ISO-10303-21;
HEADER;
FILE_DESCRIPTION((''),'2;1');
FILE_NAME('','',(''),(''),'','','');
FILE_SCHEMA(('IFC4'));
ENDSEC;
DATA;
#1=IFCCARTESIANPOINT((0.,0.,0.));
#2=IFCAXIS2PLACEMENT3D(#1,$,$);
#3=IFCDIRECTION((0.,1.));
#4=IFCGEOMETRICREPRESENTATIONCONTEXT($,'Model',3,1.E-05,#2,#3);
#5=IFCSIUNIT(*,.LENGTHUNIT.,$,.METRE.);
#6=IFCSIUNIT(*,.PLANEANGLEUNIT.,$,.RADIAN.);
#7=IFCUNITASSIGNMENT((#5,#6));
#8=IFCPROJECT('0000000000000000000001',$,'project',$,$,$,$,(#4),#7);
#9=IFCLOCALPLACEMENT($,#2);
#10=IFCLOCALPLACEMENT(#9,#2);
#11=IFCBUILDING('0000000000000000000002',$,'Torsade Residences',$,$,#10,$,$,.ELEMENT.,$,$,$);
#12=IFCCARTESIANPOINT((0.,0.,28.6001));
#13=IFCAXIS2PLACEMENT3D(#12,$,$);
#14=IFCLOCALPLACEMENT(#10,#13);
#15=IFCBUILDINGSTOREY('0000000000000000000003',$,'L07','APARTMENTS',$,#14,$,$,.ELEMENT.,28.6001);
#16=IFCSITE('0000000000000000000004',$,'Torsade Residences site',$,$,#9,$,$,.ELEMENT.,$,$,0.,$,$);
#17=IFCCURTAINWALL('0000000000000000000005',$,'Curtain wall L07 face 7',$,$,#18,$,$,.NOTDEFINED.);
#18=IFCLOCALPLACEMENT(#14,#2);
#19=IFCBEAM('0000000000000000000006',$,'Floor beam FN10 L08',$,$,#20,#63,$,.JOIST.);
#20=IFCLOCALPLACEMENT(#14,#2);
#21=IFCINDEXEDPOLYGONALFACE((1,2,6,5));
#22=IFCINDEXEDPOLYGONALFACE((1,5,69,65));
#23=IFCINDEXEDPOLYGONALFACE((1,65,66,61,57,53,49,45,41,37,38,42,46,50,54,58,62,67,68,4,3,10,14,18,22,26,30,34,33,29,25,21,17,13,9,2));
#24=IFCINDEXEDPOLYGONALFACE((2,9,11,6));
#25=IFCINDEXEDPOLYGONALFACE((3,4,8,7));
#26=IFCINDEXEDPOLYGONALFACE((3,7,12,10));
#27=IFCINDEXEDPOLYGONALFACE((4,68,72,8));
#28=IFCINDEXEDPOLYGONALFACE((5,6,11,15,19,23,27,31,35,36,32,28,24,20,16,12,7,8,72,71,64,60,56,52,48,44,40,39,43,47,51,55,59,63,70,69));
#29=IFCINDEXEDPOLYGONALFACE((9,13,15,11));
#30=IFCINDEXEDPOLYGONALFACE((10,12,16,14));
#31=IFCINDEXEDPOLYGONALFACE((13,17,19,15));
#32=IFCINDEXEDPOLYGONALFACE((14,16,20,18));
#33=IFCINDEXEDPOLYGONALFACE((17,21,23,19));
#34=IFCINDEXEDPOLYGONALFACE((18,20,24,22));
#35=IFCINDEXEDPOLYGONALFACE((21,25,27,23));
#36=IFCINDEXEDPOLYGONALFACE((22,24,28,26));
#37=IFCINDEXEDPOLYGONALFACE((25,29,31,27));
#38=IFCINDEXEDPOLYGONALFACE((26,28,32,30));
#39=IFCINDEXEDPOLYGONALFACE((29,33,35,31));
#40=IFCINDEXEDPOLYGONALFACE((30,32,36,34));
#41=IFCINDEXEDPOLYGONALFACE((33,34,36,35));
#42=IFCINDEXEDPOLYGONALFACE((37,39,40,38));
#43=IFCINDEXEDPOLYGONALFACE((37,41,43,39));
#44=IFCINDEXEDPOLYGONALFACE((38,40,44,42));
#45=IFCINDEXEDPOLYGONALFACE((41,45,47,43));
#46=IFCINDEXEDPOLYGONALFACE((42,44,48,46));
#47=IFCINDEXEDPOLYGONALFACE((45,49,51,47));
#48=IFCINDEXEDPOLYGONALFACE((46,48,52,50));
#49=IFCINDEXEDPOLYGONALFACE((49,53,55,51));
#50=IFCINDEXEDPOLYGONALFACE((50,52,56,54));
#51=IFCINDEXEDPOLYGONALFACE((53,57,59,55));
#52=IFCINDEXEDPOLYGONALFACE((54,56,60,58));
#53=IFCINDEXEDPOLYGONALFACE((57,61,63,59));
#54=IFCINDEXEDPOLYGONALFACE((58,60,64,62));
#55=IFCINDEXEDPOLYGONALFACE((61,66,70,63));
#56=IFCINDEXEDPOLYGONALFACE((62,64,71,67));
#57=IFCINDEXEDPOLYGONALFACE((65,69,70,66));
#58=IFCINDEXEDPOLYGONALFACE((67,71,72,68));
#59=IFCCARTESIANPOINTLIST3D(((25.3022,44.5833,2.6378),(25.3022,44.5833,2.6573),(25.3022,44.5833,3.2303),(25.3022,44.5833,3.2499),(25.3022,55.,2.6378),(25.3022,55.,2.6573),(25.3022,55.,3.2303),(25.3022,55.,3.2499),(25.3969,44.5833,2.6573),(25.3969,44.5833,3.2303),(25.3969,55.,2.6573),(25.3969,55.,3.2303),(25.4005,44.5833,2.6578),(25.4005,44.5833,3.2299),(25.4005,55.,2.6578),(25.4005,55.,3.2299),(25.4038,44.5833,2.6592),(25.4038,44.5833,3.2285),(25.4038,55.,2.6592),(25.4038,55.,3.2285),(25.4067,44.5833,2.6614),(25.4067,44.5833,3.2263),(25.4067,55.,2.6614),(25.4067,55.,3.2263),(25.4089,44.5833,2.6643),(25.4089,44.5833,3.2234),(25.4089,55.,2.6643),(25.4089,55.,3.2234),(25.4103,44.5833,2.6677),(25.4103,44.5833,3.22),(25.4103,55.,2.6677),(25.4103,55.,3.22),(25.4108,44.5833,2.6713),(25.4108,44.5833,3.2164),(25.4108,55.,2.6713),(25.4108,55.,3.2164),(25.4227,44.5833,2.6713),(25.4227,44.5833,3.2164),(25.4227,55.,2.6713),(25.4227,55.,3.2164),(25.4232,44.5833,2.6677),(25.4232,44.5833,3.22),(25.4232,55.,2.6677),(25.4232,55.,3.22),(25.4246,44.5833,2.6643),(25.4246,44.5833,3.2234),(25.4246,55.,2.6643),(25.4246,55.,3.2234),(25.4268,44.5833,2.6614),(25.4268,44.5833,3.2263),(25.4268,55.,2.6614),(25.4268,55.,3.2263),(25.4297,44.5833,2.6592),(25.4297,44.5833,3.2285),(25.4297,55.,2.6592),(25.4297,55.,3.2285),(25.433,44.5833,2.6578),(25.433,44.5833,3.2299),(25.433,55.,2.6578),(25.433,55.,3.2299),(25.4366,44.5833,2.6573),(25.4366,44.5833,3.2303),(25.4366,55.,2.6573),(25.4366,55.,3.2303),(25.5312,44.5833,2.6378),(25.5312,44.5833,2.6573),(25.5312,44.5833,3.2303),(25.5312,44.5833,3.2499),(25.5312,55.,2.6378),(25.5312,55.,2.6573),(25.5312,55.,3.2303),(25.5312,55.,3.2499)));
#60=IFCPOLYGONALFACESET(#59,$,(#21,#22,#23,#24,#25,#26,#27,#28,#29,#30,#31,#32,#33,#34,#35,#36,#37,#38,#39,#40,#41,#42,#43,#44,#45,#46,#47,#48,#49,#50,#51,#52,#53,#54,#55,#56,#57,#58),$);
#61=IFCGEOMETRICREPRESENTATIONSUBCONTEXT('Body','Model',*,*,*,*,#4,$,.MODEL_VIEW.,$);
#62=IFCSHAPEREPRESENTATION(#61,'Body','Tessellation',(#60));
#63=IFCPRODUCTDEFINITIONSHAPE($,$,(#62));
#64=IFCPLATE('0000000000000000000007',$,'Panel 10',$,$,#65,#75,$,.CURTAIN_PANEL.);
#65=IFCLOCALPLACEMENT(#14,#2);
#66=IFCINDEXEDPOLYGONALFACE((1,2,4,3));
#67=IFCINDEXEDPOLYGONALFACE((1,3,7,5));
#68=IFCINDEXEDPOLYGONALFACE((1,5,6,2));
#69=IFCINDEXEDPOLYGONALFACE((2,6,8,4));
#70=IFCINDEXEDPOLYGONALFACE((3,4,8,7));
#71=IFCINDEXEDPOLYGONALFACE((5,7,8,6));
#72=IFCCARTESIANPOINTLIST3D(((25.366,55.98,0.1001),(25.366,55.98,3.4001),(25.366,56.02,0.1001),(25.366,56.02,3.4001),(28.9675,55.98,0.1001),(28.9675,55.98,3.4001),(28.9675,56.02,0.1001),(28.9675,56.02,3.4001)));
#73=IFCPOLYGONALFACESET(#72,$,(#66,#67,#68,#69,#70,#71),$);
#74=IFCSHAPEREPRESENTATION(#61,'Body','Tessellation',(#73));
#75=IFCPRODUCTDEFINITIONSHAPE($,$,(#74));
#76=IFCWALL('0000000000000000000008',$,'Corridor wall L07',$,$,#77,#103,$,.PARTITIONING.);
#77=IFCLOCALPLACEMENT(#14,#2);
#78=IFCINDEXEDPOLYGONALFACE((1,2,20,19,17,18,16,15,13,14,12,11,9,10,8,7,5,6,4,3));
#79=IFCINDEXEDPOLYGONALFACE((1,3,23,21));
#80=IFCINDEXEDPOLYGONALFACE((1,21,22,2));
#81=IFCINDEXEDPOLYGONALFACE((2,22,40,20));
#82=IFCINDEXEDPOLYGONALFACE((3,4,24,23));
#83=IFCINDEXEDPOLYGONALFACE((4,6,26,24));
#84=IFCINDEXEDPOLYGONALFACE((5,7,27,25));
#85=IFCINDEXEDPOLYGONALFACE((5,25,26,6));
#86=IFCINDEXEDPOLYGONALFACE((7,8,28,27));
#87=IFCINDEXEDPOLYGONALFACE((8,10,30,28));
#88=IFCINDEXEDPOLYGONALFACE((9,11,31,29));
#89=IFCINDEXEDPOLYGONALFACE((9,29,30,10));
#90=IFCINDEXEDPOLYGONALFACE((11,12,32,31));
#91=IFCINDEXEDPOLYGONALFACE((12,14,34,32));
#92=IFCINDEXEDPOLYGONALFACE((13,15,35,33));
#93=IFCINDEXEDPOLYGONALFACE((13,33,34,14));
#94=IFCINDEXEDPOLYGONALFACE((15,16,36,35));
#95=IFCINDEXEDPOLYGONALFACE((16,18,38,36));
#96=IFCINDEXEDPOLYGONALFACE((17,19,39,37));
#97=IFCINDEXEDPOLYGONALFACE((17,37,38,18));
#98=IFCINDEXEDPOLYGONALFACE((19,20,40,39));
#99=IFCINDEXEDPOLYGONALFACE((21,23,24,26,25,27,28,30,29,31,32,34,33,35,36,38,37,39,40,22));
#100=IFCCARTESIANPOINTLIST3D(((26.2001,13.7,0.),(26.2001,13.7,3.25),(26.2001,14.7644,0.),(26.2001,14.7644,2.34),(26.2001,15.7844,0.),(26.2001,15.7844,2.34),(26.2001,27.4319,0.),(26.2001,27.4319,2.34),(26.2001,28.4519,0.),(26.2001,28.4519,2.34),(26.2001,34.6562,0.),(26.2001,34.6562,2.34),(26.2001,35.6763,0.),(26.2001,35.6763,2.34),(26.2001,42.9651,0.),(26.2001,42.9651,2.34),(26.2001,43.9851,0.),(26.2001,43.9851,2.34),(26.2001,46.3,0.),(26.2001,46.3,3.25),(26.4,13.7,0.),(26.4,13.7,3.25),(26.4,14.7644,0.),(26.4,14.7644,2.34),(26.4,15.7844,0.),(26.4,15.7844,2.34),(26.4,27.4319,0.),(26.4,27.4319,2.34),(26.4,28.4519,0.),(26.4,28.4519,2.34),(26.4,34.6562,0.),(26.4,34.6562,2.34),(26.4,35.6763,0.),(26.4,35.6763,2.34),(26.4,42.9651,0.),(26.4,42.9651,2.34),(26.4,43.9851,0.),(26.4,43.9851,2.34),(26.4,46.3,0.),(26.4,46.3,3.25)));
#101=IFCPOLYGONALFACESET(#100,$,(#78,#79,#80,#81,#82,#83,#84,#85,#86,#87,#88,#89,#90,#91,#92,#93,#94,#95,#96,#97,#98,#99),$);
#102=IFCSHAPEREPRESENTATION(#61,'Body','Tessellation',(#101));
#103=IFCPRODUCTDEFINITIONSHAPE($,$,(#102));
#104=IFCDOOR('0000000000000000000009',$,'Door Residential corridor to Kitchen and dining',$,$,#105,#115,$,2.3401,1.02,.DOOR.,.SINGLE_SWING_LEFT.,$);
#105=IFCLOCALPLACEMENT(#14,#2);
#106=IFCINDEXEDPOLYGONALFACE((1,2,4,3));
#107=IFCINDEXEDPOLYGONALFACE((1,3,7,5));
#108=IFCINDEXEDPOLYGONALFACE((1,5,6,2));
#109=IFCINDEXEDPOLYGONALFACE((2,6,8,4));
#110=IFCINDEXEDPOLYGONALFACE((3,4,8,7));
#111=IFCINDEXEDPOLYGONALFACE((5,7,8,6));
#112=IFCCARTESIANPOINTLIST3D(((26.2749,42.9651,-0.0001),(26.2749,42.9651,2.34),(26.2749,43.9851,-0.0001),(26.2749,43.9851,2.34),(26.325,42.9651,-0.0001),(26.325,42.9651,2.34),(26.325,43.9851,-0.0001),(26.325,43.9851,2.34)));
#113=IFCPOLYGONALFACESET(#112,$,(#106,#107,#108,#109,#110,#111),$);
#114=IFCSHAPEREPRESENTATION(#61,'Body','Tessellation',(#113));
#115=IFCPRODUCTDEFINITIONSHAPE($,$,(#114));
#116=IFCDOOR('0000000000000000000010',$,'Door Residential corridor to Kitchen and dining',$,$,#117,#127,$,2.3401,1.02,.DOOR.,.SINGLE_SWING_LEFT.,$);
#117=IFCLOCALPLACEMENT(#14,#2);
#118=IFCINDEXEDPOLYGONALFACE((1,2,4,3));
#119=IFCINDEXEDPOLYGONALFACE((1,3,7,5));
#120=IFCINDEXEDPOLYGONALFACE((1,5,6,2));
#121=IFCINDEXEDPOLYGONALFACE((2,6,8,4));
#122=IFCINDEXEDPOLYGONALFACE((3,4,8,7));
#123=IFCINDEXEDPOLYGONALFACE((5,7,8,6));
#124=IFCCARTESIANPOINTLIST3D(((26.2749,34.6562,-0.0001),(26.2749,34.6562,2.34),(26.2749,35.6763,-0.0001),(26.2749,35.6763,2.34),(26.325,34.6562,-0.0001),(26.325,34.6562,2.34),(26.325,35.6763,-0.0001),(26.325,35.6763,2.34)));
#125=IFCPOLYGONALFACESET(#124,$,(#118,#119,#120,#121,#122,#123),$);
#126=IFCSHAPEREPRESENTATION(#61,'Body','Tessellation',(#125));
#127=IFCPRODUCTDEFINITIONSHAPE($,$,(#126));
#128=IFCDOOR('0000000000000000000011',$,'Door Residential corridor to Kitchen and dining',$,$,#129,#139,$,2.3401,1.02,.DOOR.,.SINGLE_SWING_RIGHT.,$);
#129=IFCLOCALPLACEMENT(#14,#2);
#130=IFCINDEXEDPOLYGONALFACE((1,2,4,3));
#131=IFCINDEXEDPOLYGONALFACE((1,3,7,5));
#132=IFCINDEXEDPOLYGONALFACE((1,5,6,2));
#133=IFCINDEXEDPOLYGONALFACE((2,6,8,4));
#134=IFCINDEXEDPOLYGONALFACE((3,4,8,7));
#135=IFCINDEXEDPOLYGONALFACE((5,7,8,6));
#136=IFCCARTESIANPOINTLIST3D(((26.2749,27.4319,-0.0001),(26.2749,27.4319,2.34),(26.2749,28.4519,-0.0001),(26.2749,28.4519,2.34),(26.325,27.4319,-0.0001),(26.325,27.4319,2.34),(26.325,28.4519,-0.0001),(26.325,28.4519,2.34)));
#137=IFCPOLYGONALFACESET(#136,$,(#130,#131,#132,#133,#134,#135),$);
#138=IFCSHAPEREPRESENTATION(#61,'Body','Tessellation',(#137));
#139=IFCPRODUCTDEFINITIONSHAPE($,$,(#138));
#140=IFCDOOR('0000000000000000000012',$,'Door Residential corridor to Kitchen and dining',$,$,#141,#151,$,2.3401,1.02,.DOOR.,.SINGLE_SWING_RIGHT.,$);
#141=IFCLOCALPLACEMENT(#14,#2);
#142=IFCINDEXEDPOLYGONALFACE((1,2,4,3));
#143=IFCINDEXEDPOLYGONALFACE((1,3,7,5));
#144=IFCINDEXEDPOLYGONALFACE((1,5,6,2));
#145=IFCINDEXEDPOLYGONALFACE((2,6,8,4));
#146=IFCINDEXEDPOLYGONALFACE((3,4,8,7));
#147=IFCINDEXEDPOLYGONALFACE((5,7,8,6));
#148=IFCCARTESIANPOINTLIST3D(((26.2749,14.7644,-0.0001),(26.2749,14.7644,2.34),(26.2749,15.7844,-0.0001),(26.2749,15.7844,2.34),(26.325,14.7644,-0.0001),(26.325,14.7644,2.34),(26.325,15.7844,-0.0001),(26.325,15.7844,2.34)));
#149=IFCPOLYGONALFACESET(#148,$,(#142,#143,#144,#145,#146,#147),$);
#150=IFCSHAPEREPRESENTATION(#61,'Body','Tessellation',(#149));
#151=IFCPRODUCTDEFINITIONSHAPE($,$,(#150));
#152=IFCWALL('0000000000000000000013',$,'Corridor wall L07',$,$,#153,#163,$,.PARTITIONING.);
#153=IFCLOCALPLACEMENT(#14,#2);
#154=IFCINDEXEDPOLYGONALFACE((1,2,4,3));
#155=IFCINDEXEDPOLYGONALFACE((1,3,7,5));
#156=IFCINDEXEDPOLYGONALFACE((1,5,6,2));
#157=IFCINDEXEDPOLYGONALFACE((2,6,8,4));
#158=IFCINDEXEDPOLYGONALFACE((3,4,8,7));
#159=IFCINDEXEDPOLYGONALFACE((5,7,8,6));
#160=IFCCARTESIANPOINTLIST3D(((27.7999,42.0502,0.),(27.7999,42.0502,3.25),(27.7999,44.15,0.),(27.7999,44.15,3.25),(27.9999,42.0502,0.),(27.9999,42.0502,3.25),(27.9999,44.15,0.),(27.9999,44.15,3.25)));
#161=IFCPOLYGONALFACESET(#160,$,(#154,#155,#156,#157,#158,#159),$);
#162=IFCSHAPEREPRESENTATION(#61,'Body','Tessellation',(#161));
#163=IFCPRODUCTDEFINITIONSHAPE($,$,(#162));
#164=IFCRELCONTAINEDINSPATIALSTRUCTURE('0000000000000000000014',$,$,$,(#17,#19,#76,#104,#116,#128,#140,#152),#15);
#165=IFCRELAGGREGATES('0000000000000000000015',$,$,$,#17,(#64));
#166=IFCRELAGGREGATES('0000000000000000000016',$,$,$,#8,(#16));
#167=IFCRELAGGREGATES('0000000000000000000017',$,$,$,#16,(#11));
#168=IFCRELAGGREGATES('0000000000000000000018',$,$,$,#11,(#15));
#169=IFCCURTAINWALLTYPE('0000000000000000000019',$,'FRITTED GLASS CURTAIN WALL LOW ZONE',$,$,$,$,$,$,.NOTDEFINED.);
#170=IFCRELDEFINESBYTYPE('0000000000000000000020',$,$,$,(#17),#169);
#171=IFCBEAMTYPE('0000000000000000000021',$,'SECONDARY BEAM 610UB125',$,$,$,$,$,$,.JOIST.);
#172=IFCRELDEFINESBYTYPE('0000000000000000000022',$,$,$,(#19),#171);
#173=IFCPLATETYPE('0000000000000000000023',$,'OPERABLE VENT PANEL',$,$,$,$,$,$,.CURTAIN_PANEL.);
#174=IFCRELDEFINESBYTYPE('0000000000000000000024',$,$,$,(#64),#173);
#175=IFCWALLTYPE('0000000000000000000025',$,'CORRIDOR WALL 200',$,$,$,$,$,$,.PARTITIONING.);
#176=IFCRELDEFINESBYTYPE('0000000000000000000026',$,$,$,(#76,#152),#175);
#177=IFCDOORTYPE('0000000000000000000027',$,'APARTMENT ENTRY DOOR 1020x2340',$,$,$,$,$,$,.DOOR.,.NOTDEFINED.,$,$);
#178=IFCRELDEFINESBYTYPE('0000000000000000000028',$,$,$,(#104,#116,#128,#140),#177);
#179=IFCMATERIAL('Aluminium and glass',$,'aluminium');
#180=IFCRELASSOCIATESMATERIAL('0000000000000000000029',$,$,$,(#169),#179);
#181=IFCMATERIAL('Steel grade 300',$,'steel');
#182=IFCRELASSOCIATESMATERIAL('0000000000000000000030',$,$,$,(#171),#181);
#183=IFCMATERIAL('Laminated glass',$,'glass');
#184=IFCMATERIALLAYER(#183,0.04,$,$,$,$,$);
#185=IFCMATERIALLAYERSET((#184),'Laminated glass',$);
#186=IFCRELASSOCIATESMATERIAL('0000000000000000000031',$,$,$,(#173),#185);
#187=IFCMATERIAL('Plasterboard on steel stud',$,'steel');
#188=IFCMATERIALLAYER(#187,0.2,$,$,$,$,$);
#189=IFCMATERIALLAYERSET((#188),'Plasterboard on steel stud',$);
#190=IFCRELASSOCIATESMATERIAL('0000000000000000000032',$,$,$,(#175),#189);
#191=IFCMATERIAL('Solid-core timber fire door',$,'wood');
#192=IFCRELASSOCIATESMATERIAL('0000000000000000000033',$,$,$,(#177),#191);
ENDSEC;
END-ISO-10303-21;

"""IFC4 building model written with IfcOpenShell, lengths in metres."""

from ifc_helpers import new_model, si_unit, direction, frame, frame_2d, origin, origin_2d, place, context, subcontext, project, spatial, rectangle, i_section, extrude, material, layer, layer_set, material_profile, profile_set, type_object, element, fill, aggregate, save


model = new_model("IFC4")

# Units and contexts
model_context = context("Model", 3, precision=1e-05, world=origin(), true_north=direction((0.0, 1.0)))
body_context = subcontext(model_context, "Body", "Model", "MODEL_VIEW")
ifc_project = project(units=[si_unit("LENGTHUNIT", "METRE"), si_unit("PLANEANGLEUNIT", "RADIAN")], contexts=[model_context])

# Site, building, storey
site_placement = place(None, origin())
site = spatial("IfcSite", under=ifc_project, at=site_placement, Name="Torsade Residences site", CompositionType="ELEMENT", RefElevation=0.0)
building_placement = place(site_placement, origin())
building = spatial("IfcBuilding", under=site, at=building_placement, Name="Torsade Residences", CompositionType="ELEMENT")
storey_placement = place(building_placement, frame((0.0, 0.0, 28.6001)))
storey = spatial("IfcBuildingStorey", under=building, at=storey_placement, Name="L07", Description="APARTMENTS", CompositionType="ELEMENT", Elevation=28.6001)

# Curtain wall
ifc_material_1 = material(Name="Aluminium and glass", Category="aluminium")
curtain_wall_type = type_object("IfcCurtainWallType", Name="FRITTED GLASS CURTAIN WALL LOW ZONE", PredefinedType="NOTDEFINED", material=ifc_material_1)
curtain_wall_placement = place(storey_placement, origin())
curtain_wall = element("IfcCurtainWall", 1, at=curtain_wall_placement, inside=storey, type_object=curtain_wall_type, Name="Curtain wall L07 face 7", PredefinedType="NOTDEFINED")

# Beam
ifc_material_2 = material(Name="Steel grade 300", Category="steel")
ifc_material_profile_1 = material_profile(ifc_material_2, i_section(OverallWidth=0.229, OverallDepth=0.6121, WebThickness=0.012, FlangeThickness=0.0195, FilletRadius=0.0139, at=origin_2d()), Name="610UB125")
ifc_profile_set_1 = profile_set([ifc_material_profile_1], Name="Steel grade 300")
beam_type_1 = type_object("IfcBeamType", Name="SECONDARY BEAM 610UB125", PredefinedType="JOIST", material=ifc_profile_set_1)
beam_1_placement = place(storey_placement, frame((25.4167, 55.0, 2.9438), z_axis=(0.0, -1.0, 0.0), x_axis=(1.0, 0.0, 0.0)))
element("IfcBeam", 2, at=beam_1_placement, inside=storey, type_object=beam_type_1, Name="Floor beam FN10 L08", PredefinedType="JOIST", context=body_context, shape_type="SweptSolid", body=[
    extrude(i_section(OverallWidth=0.229, OverallDepth=0.6121, WebThickness=0.012, FlangeThickness=0.0195, FilletRadius=0.0139, at=origin_2d()), origin(), (0.0, 0.0, 1.0), 10.4167),
])

# Plate
ifc_material_3 = material(Name="Laminated glass", Category="glass")
ifc_layer_1 = layer(ifc_material_3, 0.04)
ifc_layer_set_1 = layer_set([ifc_layer_1], Name="Laminated glass")
plate_type = type_object("IfcPlateType", Name="OPERABLE VENT PANEL", PredefinedType="CURTAIN_PANEL", material=ifc_layer_set_1)
plate_placement = place(storey_placement, frame((27.1667, 56.0, 0.1001), z_axis=(0.0, 0.0, 1.0), x_axis=(-1.0, 0.0, 0.0)))
plate = element("IfcPlate", 3, at=plate_placement, type_object=plate_type, Name="Panel 10", PredefinedType="CURTAIN_PANEL", context=body_context, shape_type="SweptSolid", body=[
    extrude(rectangle(XDim=3.6016, YDim=0.04, at=origin_2d()), origin(), (0.0, 0.0, 1.0), 3.3),
])
aggregate(curtain_wall, [plate])

# Wall, openings, doors
ifc_material_4 = material(Name="Plasterboard on steel stud", Category="steel")
ifc_layer_2 = layer(ifc_material_4, 0.2)
ifc_layer_set_2 = layer_set([ifc_layer_2], Name="Plasterboard on steel stud")
wall_type_1 = type_object("IfcWallType", Name="CORRIDOR WALL 200", PredefinedType="PARTITIONING", material=ifc_layer_set_2)
wall_1_placement = place(storey_placement, frame((26.3, 46.3, 0.0), z_axis=(0.0, 0.0, 1.0), x_axis=(0.0, -1.0, 0.0)))
wall_1 = element("IfcWall", 4, at=wall_1_placement, inside=storey, type_object=wall_type_1, Name="Corridor wall L07", PredefinedType="PARTITIONING", context=body_context, shape_type="SweptSolid", body=[
    extrude(rectangle(XDim=32.6001, YDim=0.2, at=frame_2d((16.3, 0.0))), origin(), (0.0, 0.0, 1.0), 3.25),
])
opening_1_placement = place(wall_1_placement, frame((2.3149, 0.0, 0.0)))
opening_1 = element("IfcOpeningElement", 5, at=opening_1_placement, cuts=wall_1, PredefinedType="OPENING", context=body_context, shape_type="SweptSolid", body=[
    extrude(rectangle(XDim=1.02, YDim=2.3401, at=frame_2d((0.51, 1.1699))), frame((0.0, 0.1099, 0.0), z_axis=(0.0, -1.0, 0.0), x_axis=(1.0, 0.0, 0.0)), (0.0, 0.0, 1.0), 0.22),
])
opening_2_placement = place(wall_1_placement, frame((10.6238, 0.0, 0.0)))
opening_2 = element("IfcOpeningElement", 6, at=opening_2_placement, cuts=wall_1, PredefinedType="OPENING", context=body_context, shape_type="SweptSolid", body=[
    extrude(rectangle(XDim=1.02, YDim=2.3401, at=frame_2d((0.51, 1.1699))), frame((0.0, 0.1099, 0.0), z_axis=(0.0, -1.0, 0.0), x_axis=(1.0, 0.0, 0.0)), (0.0, 0.0, 1.0), 0.22),
])
opening_3_placement = place(wall_1_placement, frame((17.8481, 0.0, 0.0)))
opening_3 = element("IfcOpeningElement", 7, at=opening_3_placement, cuts=wall_1, PredefinedType="OPENING", context=body_context, shape_type="SweptSolid", body=[
    extrude(rectangle(XDim=1.02, YDim=2.3401, at=frame_2d((0.51, 1.1699))), frame((0.0, 0.1099, 0.0), z_axis=(0.0, -1.0, 0.0), x_axis=(1.0, 0.0, 0.0)), (0.0, 0.0, 1.0), 0.22),
])
opening_4_placement = place(wall_1_placement, frame((30.5156, 0.0, 0.0)))
opening_4 = element("IfcOpeningElement", 8, at=opening_4_placement, cuts=wall_1, PredefinedType="OPENING", context=body_context, shape_type="SweptSolid", body=[
    extrude(rectangle(XDim=1.02, YDim=2.3401, at=frame_2d((0.51, 1.1699))), frame((0.0, 0.1099, 0.0), z_axis=(0.0, -1.0, 0.0), x_axis=(1.0, 0.0, 0.0)), (0.0, 0.0, 1.0), 0.22),
])
ifc_material_5 = material(Name="Solid-core timber fire door", Category="wood")
door_type_1 = type_object("IfcDoorType", Name="APARTMENT ENTRY DOOR 1020x2340", OperationType="NOTDEFINED", PredefinedType="DOOR", material=ifc_material_5)
door_1_placement = place(opening_1_placement, origin())
door_1 = element("IfcDoor", 9, at=door_1_placement, inside=storey, type_object=door_type_1, Name="Door Residential corridor to Kitchen and dining", OperationType="SINGLE_SWING_LEFT", OverallHeight=2.3401, OverallWidth=1.02, PredefinedType="DOOR", context=body_context, shape_type="SweptSolid", body=[
    extrude(rectangle(XDim=1.02, YDim=2.3401, at=frame_2d((0.51, 1.1699))), frame((0.0, 0.0249, 0.0), z_axis=(0.0, -1.0, 0.0), x_axis=(1.0, 0.0, 0.0)), (0.0, 0.0, 1.0), 0.05),
])
fill(opening_1, door_1)
door_2_placement = place(opening_2_placement, origin())
door_2 = element("IfcDoor", 10, at=door_2_placement, inside=storey, type_object=door_type_1, Name="Door Residential corridor to Kitchen and dining", OperationType="SINGLE_SWING_LEFT", OverallHeight=2.3401, OverallWidth=1.02, PredefinedType="DOOR", context=body_context, shape_type="SweptSolid", body=[
    extrude(rectangle(XDim=1.02, YDim=2.3401, at=frame_2d((0.51, 1.1699))), frame((0.0, 0.0249, 0.0), z_axis=(0.0, -1.0, 0.0), x_axis=(1.0, 0.0, 0.0)), (0.0, 0.0, 1.0), 0.05),
])
fill(opening_2, door_2)
door_3_placement = place(opening_3_placement, origin())
door_3 = element("IfcDoor", 11, at=door_3_placement, inside=storey, type_object=door_type_1, Name="Door Residential corridor to Kitchen and dining", OperationType="SINGLE_SWING_RIGHT", OverallHeight=2.3401, OverallWidth=1.02, PredefinedType="DOOR", context=body_context, shape_type="SweptSolid", body=[
    extrude(rectangle(XDim=1.02, YDim=2.3401, at=frame_2d((0.51, 1.1699))), frame((0.0, 0.0249, 0.0), z_axis=(0.0, -1.0, 0.0), x_axis=(1.0, 0.0, 0.0)), (0.0, 0.0, 1.0), 0.05),
])
fill(opening_3, door_3)
door_4_placement = place(opening_4_placement, origin())
door_4 = element("IfcDoor", 12, at=door_4_placement, inside=storey, type_object=door_type_1, Name="Door Residential corridor to Kitchen and dining", OperationType="SINGLE_SWING_RIGHT", OverallHeight=2.3401, OverallWidth=1.02, PredefinedType="DOOR", context=body_context, shape_type="SweptSolid", body=[
    extrude(rectangle(XDim=1.02, YDim=2.3401, at=frame_2d((0.51, 1.1699))), frame((0.0, 0.0249, 0.0), z_axis=(0.0, -1.0, 0.0), x_axis=(1.0, 0.0, 0.0)), (0.0, 0.0, 1.0), 0.05),
])
fill(opening_4, door_4)

# Wall
wall_2_placement = place(storey_placement, frame((27.8999, 44.1499, 0.0), z_axis=(0.0, 0.0, 1.0), x_axis=(0.0, -1.0, 0.0)))
element("IfcWall", 13, at=wall_2_placement, inside=storey, type_object=wall_type_1, Name="Corridor wall L07", PredefinedType="PARTITIONING", context=body_context, shape_type="SweptSolid", body=[
    extrude(rectangle(XDim=2.0999, YDim=0.2, at=frame_2d((1.0498, 0.0))), origin(), (0.0, 0.0, 1.0), 3.25),
])

save(model, "model.ifc")
